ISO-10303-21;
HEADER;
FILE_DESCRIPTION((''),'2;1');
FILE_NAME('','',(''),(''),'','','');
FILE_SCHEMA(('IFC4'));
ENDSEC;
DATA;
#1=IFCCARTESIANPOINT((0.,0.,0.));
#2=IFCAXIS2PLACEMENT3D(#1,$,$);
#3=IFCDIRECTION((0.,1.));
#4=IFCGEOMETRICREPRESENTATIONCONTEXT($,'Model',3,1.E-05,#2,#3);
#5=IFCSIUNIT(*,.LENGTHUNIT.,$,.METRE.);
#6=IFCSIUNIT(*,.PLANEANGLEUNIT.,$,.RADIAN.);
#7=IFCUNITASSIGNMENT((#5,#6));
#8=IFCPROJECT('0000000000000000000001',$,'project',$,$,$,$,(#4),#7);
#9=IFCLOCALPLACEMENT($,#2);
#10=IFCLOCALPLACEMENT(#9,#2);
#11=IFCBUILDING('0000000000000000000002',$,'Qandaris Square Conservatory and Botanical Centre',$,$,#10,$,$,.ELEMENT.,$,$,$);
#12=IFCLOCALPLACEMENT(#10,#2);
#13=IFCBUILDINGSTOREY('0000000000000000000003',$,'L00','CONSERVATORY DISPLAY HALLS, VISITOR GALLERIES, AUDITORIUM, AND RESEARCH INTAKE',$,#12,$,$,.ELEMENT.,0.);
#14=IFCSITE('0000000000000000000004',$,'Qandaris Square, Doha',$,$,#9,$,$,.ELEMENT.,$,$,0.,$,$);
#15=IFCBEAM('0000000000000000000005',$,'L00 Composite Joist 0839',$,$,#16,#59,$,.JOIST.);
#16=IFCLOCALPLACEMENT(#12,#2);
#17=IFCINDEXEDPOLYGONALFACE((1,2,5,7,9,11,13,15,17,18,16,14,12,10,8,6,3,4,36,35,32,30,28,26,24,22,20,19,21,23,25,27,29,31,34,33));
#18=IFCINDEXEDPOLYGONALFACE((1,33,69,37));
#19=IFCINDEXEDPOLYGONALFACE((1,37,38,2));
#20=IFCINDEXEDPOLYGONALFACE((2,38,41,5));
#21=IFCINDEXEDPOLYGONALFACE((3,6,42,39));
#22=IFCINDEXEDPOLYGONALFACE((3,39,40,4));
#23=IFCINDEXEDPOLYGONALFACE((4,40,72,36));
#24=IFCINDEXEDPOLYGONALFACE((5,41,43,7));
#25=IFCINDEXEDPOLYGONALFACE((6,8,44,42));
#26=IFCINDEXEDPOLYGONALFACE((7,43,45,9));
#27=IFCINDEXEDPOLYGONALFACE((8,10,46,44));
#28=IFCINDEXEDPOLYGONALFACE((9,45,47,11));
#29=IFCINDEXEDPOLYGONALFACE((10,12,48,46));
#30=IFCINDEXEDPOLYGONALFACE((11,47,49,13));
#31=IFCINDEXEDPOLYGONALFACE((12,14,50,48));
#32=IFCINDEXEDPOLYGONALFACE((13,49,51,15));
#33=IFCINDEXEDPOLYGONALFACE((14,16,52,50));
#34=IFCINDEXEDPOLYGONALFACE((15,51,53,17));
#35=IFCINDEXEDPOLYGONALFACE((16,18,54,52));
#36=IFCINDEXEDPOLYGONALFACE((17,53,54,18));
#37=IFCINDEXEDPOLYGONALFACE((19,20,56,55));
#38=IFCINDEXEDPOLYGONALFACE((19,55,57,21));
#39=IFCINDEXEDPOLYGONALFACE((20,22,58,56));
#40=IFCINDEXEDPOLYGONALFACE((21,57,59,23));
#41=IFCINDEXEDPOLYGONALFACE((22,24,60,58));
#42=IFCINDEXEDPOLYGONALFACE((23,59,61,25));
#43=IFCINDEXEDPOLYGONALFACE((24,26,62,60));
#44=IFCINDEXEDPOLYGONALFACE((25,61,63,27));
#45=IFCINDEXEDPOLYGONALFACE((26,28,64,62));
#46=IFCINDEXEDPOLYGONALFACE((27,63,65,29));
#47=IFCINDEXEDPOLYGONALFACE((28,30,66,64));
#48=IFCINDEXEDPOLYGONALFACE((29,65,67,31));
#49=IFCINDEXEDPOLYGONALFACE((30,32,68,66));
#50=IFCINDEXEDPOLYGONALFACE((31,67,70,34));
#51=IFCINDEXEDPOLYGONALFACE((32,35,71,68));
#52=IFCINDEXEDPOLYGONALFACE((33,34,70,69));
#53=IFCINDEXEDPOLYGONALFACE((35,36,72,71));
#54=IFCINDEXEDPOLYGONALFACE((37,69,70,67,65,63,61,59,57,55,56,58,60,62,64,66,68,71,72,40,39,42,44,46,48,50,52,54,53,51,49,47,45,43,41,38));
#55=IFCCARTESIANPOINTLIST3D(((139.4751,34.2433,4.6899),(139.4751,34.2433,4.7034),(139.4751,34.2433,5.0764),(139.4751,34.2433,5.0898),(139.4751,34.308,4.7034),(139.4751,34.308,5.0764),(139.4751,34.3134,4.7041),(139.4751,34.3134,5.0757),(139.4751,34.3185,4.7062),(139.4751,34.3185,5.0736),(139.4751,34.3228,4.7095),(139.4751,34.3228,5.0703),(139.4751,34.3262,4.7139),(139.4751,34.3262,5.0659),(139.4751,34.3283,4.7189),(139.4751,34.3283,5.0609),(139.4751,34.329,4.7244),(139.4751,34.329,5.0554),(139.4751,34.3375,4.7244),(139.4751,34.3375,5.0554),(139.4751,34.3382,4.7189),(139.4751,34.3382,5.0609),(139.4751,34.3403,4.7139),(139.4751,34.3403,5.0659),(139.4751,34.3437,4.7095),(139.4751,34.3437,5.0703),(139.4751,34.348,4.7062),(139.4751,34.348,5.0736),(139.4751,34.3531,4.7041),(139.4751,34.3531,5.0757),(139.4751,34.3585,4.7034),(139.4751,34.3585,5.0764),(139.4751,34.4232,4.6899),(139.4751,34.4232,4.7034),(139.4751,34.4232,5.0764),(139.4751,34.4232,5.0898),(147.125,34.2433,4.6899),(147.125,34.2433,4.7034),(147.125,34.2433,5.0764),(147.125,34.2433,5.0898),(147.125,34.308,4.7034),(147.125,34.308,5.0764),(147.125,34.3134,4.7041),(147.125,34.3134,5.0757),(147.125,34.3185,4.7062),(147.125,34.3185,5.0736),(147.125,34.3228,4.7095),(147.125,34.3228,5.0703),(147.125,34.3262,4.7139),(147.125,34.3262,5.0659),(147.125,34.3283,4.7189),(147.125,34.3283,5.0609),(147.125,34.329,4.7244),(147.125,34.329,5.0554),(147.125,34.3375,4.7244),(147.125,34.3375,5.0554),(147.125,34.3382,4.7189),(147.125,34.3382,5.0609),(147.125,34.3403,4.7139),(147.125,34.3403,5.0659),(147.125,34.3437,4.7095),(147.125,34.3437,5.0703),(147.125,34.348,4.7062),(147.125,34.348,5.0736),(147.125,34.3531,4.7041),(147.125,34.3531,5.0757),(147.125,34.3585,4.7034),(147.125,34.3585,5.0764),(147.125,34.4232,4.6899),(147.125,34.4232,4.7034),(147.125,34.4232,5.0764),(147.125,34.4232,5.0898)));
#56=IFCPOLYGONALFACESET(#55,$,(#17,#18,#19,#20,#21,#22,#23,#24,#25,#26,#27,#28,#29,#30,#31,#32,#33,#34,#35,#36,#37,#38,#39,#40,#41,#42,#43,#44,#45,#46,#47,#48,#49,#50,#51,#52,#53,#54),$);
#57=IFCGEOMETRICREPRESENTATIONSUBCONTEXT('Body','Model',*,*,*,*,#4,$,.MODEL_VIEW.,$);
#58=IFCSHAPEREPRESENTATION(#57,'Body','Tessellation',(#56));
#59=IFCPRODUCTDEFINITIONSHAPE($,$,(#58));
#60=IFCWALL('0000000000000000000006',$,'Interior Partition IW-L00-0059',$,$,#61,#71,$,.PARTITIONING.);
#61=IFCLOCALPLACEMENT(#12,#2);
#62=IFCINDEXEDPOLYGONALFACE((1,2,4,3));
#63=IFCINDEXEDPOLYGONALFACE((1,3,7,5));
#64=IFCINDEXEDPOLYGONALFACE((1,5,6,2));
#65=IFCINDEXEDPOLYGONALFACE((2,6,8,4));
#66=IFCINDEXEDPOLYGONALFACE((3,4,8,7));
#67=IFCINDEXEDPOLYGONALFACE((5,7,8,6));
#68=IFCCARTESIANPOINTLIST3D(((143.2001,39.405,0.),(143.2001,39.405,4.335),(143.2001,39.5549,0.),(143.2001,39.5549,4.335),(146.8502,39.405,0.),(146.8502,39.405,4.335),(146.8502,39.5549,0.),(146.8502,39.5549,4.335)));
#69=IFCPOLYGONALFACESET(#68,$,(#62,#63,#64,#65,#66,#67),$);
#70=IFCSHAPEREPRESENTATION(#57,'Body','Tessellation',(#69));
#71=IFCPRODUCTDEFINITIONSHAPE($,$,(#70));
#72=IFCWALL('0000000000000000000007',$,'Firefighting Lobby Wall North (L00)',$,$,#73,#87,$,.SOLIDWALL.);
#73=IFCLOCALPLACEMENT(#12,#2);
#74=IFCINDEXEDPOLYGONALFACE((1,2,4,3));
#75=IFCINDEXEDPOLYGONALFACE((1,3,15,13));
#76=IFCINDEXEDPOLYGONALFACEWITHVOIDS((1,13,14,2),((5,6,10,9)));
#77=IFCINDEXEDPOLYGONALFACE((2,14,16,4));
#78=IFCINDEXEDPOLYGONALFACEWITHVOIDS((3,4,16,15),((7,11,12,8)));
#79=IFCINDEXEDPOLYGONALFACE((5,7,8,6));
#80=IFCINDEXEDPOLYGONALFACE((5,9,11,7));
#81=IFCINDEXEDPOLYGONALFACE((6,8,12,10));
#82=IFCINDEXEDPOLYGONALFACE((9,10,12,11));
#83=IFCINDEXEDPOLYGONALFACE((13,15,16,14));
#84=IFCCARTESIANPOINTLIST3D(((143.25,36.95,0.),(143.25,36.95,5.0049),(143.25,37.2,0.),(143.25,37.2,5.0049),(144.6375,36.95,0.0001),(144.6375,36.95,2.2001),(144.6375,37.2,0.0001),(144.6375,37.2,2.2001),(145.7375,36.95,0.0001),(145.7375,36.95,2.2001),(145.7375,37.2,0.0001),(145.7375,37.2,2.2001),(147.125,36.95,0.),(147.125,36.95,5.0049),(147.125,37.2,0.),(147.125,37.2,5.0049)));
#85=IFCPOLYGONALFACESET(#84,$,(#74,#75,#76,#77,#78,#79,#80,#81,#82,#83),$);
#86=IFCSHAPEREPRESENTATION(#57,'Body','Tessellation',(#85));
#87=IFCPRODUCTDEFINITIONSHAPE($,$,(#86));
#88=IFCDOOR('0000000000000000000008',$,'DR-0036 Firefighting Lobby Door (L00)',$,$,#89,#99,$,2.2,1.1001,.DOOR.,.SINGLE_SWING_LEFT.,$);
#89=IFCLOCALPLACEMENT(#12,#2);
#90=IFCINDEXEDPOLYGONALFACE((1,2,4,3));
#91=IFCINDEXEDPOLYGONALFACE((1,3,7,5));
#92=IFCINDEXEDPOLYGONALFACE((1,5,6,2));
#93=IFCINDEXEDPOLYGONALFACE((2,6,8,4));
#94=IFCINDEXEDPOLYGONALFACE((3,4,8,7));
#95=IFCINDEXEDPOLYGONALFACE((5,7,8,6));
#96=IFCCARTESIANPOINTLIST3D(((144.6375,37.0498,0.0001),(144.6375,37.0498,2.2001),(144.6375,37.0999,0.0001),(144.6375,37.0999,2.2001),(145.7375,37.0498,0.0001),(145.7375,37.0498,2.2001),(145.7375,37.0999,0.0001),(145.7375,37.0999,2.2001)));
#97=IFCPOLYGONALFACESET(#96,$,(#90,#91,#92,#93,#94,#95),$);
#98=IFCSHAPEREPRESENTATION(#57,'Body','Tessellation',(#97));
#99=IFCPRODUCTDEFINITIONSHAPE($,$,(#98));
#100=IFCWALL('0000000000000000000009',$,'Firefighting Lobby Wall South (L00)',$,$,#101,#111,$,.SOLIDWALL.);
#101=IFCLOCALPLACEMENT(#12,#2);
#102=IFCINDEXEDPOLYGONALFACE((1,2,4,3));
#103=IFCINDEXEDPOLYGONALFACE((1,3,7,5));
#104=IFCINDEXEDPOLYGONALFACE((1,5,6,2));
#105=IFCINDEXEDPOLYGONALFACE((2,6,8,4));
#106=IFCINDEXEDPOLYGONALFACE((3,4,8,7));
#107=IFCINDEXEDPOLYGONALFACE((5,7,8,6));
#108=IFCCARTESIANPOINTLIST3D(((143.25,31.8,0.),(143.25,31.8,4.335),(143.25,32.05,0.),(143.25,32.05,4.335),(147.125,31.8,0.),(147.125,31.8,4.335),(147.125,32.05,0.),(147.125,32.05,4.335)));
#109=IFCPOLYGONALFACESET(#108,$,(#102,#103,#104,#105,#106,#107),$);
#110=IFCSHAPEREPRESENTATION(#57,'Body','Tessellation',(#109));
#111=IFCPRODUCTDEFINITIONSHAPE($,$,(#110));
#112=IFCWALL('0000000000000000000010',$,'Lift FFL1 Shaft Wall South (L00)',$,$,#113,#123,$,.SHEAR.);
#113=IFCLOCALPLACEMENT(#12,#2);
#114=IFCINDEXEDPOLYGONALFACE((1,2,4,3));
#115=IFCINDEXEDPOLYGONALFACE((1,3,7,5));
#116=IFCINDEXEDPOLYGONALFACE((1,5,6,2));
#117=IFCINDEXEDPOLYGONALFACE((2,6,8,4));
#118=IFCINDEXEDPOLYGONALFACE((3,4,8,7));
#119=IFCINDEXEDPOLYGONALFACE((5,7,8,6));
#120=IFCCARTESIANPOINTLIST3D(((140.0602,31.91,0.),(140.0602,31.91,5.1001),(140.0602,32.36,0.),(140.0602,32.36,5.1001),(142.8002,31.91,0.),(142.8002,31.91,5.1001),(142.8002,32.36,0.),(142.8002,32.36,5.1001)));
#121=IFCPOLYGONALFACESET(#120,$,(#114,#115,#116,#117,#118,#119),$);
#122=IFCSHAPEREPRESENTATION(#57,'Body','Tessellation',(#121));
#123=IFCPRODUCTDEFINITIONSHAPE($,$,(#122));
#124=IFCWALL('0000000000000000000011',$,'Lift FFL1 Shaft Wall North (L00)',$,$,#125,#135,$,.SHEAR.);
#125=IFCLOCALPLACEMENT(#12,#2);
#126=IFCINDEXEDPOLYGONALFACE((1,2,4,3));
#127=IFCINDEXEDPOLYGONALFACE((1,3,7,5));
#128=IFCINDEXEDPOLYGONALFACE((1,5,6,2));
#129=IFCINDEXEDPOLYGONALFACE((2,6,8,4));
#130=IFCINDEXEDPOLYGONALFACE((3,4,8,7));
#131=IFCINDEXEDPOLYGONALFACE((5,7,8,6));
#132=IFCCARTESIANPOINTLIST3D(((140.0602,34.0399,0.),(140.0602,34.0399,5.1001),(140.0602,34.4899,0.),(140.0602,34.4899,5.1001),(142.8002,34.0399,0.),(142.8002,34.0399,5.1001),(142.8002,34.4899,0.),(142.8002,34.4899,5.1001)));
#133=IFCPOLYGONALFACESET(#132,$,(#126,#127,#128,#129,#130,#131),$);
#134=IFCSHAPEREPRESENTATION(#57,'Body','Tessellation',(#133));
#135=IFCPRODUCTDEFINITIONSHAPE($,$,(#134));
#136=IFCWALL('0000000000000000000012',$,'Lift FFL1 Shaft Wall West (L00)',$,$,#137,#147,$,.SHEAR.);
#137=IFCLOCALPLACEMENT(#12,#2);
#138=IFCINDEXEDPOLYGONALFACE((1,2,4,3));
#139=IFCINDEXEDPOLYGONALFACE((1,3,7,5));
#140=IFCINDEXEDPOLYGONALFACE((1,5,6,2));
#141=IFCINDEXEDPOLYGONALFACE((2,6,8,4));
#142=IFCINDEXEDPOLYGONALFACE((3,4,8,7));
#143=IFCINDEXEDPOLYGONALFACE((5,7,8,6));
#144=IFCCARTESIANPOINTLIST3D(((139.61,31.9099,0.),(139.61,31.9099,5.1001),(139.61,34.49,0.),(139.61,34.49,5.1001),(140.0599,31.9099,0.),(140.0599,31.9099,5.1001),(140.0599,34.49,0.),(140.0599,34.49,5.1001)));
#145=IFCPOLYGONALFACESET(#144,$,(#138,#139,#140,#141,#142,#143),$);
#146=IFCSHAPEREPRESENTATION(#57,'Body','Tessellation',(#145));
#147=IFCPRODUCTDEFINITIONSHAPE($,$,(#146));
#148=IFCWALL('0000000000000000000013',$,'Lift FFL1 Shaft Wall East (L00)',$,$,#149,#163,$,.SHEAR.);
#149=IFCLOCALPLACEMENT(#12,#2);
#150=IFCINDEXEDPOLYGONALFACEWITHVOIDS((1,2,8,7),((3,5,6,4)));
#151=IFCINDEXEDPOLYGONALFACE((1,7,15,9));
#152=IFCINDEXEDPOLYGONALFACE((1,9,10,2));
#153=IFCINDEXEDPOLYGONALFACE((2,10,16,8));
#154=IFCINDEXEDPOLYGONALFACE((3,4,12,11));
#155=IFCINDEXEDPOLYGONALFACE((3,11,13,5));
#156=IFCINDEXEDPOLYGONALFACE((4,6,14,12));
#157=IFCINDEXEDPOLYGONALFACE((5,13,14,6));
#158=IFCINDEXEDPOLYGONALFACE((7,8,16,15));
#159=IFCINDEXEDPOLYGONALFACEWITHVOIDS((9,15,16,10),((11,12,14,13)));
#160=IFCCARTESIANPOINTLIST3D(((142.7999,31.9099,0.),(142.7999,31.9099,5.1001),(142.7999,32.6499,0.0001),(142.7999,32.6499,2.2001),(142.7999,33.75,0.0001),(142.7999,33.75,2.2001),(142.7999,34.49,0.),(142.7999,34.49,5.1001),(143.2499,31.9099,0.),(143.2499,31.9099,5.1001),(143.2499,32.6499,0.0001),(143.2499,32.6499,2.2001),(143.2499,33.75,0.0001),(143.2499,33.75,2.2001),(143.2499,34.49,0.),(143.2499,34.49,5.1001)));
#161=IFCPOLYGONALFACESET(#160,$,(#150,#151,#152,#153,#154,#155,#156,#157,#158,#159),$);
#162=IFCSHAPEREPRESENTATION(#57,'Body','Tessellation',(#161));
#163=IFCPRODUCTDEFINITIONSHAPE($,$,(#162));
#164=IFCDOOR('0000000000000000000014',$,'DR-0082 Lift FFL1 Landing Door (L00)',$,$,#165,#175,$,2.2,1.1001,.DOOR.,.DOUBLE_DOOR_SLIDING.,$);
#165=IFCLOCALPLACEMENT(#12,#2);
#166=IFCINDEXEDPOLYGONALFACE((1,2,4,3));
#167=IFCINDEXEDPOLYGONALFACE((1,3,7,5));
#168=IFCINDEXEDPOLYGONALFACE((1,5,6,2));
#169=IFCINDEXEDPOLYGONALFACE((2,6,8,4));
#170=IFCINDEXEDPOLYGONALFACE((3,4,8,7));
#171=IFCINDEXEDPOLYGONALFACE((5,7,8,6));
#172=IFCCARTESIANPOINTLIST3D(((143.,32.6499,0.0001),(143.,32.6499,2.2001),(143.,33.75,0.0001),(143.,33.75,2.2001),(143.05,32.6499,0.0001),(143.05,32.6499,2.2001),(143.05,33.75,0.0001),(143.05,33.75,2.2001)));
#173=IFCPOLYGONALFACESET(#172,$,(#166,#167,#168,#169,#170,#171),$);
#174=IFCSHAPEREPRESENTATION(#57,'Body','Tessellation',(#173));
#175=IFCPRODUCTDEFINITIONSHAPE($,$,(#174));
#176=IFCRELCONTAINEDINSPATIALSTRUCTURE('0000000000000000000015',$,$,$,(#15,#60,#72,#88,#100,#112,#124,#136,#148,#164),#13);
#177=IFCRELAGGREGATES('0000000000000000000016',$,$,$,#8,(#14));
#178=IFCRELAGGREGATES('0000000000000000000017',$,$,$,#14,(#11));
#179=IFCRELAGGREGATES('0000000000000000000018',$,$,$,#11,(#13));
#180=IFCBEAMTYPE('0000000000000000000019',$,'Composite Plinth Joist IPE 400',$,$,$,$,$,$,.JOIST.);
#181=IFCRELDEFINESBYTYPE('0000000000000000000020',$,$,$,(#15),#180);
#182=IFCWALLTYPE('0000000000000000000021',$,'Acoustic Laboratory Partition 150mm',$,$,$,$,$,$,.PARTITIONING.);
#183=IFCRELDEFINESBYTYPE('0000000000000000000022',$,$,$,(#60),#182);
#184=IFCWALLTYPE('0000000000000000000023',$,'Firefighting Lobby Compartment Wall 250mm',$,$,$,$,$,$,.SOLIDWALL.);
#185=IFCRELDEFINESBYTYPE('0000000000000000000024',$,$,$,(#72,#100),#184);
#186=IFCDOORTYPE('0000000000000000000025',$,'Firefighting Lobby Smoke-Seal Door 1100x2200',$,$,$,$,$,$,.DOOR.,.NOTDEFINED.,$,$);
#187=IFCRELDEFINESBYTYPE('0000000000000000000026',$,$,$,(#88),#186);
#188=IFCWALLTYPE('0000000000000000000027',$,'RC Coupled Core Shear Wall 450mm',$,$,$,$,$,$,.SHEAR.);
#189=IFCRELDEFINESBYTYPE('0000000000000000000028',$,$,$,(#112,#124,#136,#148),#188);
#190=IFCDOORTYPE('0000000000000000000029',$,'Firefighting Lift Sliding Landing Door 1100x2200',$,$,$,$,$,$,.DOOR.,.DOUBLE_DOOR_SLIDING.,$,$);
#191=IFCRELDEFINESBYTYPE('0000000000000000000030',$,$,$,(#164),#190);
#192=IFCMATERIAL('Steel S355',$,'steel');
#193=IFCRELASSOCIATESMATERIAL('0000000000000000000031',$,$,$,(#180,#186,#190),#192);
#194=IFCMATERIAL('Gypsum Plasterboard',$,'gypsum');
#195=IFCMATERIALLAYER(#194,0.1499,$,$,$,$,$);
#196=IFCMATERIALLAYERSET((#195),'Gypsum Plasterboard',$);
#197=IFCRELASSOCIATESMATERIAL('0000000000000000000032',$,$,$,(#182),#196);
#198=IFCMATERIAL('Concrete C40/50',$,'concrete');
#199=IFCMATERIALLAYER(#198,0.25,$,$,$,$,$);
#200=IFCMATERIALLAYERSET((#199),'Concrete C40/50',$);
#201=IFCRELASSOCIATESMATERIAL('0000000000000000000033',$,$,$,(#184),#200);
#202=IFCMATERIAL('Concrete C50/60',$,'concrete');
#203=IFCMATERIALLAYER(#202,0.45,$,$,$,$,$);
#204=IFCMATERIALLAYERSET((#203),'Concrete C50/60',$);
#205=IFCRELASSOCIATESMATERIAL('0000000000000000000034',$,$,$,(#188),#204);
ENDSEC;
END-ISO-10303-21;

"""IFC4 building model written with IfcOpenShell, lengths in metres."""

from ifc_helpers import new_model, si_unit, direction, frame, frame_2d, origin, origin_2d, place, context, subcontext, project, spatial, rectangle, i_section, extrude, material, layer, layer_set, material_profile, profile_set, type_object, element, fill, save


model = new_model("IFC4")

# Units and contexts
model_context = context("Model", 3, precision=1e-05, world=origin(), true_north=direction((0.0, 1.0)))
body_context = subcontext(model_context, "Body", "Model", "MODEL_VIEW")
ifc_project = project(units=[si_unit("LENGTHUNIT", "METRE"), si_unit("PLANEANGLEUNIT", "RADIAN")], contexts=[model_context])

# Site, building, storey
site_placement = place(None, origin())
site = spatial("IfcSite", under=ifc_project, at=site_placement, Name="Qandaris Square, Doha", CompositionType="ELEMENT", RefElevation=0.0)
building_placement = place(site_placement, origin())
building = spatial("IfcBuilding", under=site, at=building_placement, Name="Qandaris Square Conservatory and Botanical Centre", CompositionType="ELEMENT")
storey_placement = place(building_placement, origin())
storey = spatial("IfcBuildingStorey", under=building, at=storey_placement, Name="L00", Description="CONSERVATORY DISPLAY HALLS, VISITOR GALLERIES, AUDITORIUM, AND RESEARCH INTAKE", CompositionType="ELEMENT", Elevation=0.0)

# Beam
ifc_material_1 = material(Name="Steel S355", Category="steel")
ifc_material_profile = material_profile(ifc_material_1, i_section(OverallWidth=0.1799, OverallDepth=0.3999, WebThickness=0.0085, FlangeThickness=0.0134, FilletRadius=0.021, at=origin_2d()), Name="IPE 400")
ifc_profile_set = profile_set([ifc_material_profile], Name="Steel S355")
beam_type = type_object("IfcBeamType", Name="Composite Plinth Joist IPE 400", PredefinedType="JOIST", material=ifc_profile_set)
beam_placement = place(storey_placement, frame((139.4751, 34.3333, 4.8899), z_axis=(1.0, 0.0, 0.0), x_axis=(0.0, 1.0, 0.0)))
element("IfcBeam", 1, at=beam_placement, inside=storey, type_object=beam_type, Name="L00 Composite Joist 0839", PredefinedType="JOIST", context=body_context, shape_type="SweptSolid", body=[
    extrude(i_section(OverallWidth=0.1799, OverallDepth=0.3999, WebThickness=0.0085, FlangeThickness=0.0134, FilletRadius=0.021, at=origin_2d()), origin(), (0.0, 0.0, 1.0), 7.6499),
])

# Wall
ifc_material_2 = material(Name="Gypsum Plasterboard", Category="gypsum")
ifc_layer_1 = layer(ifc_material_2, 0.1499)
ifc_layer_set_1 = layer_set([ifc_layer_1], Name="Gypsum Plasterboard")
wall_type_1 = type_object("IfcWallType", Name="Acoustic Laboratory Partition 150mm", PredefinedType="PARTITIONING", material=ifc_layer_set_1)
wall_1_placement = place(storey_placement, frame((143.2, 39.48, 0.0), z_axis=(0.0, 0.0, 1.0), x_axis=(1.0, 0.0, 0.0)))
element("IfcWall", 2, at=wall_1_placement, inside=storey, type_object=wall_type_1, Name="Interior Partition IW-L00-0059", PredefinedType="PARTITIONING", context=body_context, shape_type="SweptSolid", body=[
    extrude(rectangle(XDim=3.6501, YDim=0.1499, at=frame_2d((1.8252, 0.0))), origin(), (0.0, 0.0, 1.0), 4.335),
])

# Wall, opening, door
ifc_material_3 = material(Name="Concrete C40/50", Category="concrete")
ifc_layer_2 = layer(ifc_material_3, 0.25)
ifc_layer_set_2 = layer_set([ifc_layer_2], Name="Concrete C40/50")
wall_type_2 = type_object("IfcWallType", Name="Firefighting Lobby Compartment Wall 250mm", PredefinedType="SOLIDWALL", material=ifc_layer_set_2)
wall_2_placement = place(storey_placement, frame((143.25, 37.075, 0.0), z_axis=(0.0, 0.0, 1.0), x_axis=(1.0, 0.0, 0.0)))
wall_2 = element("IfcWall", 3, at=wall_2_placement, inside=storey, type_object=wall_type_2, Name="Firefighting Lobby Wall North (L00)", PredefinedType="SOLIDWALL", context=body_context, shape_type="SweptSolid", body=[
    extrude(rectangle(XDim=3.875, YDim=0.25, at=frame_2d((1.9375, 0.0))), origin(), (0.0, 0.0, 1.0), 5.0049),
])
opening_1_placement = place(wall_2_placement, frame((1.3875, 0.0, 0.0)))
opening_1 = element("IfcOpeningElement", 4, at=opening_1_placement, cuts=wall_2, PredefinedType="OPENING", context=body_context, shape_type="SweptSolid", body=[
    extrude(rectangle(XDim=1.1001, YDim=2.2, at=frame_2d((0.55, 1.1001))), frame((0.0, 0.137, 0.0), z_axis=(0.0, -1.0, 0.0), x_axis=(1.0, 0.0, 0.0)), (0.0, 0.0, 1.0), 0.2739),
])
door_type_1 = type_object("IfcDoorType", Name="Firefighting Lobby Smoke-Seal Door 1100x2200", OperationType="NOTDEFINED", PredefinedType="DOOR", material=ifc_material_1)
door_1_placement = place(opening_1_placement, origin())
door_1 = element("IfcDoor", 5, at=door_1_placement, inside=storey, type_object=door_type_1, Name="DR-0036 Firefighting Lobby Door (L00)", OperationType="SINGLE_SWING_LEFT", OverallHeight=2.2, OverallWidth=1.1001, PredefinedType="DOOR", context=body_context, shape_type="SweptSolid", body=[
    extrude(rectangle(XDim=1.1001, YDim=2.2, at=frame_2d((0.55, 1.1001))), frame((0.0, 0.0249, 0.0), z_axis=(0.0, -1.0, 0.0), x_axis=(1.0, 0.0, 0.0)), (0.0, 0.0, 1.0), 0.05),
])
fill(opening_1, door_1)

# Walls
wall_3_placement = place(storey_placement, frame((143.25, 31.925, 0.0), z_axis=(0.0, 0.0, 1.0), x_axis=(1.0, 0.0, 0.0)))
element("IfcWall", 6, at=wall_3_placement, inside=storey, type_object=wall_type_2, Name="Firefighting Lobby Wall South (L00)", PredefinedType="SOLIDWALL", context=body_context, shape_type="SweptSolid", body=[
    extrude(rectangle(XDim=3.875, YDim=0.25, at=frame_2d((1.9375, 0.0))), origin(), (0.0, 0.0, 1.0), 4.335),
])
ifc_material_4 = material(Name="Concrete C50/60", Category="concrete")
ifc_layer_3 = layer(ifc_material_4, 0.45)
ifc_layer_set_3 = layer_set([ifc_layer_3], Name="Concrete C50/60")
wall_type_3 = type_object("IfcWallType", Name="RC Coupled Core Shear Wall 450mm", PredefinedType="SHEAR", material=ifc_layer_set_3)
for number, where, z_axis, x_axis, name in (
    (7, (140.0601, 32.135, 0.0), (0.0, 0.0, 1.0), (1.0, 0.0, 0.0), "Lift FFL1 Shaft Wall South (L00)"),
    (8, (140.0601, 34.2649, 0.0), (0.0, 0.0, 1.0), (1.0, 0.0, 0.0), "Lift FFL1 Shaft Wall North (L00)"),
):
    element("IfcWall", number, at=place(storey_placement, frame(where, z_axis=z_axis, x_axis=x_axis)), inside=storey, type_object=wall_type_3, Name=name, PredefinedType="SHEAR", context=body_context, shape_type="SweptSolid", body=[
        extrude(rectangle(XDim=2.74, YDim=0.45, at=frame_2d((1.3701, 0.0))), origin(), (0.0, 0.0, 1.0), 5.1001),
    ])
wall_4_placement = place(storey_placement, frame((139.835, 31.9099, 0.0), z_axis=(0.0, 0.0, 1.0), x_axis=(0.0, 1.0, 0.0)))
element("IfcWall", 9, at=wall_4_placement, inside=storey, type_object=wall_type_3, Name="Lift FFL1 Shaft Wall West (L00)", PredefinedType="SHEAR", context=body_context, shape_type="SweptSolid", body=[
    extrude(rectangle(XDim=2.5801, YDim=0.45, at=frame_2d((1.29, 0.0))), origin(), (0.0, 0.0, 1.0), 5.1001),
])

# Wall, opening, door
wall_5_placement = place(storey_placement, frame((143.0249, 31.9099, 0.0), z_axis=(0.0, 0.0, 1.0), x_axis=(0.0, 1.0, 0.0)))
wall_5 = element("IfcWall", 10, at=wall_5_placement, inside=storey, type_object=wall_type_3, Name="Lift FFL1 Shaft Wall East (L00)", PredefinedType="SHEAR", context=body_context, shape_type="SweptSolid", body=[
    extrude(rectangle(XDim=2.5801, YDim=0.45, at=frame_2d((1.29, 0.0))), origin(), (0.0, 0.0, 1.0), 5.1001),
])
opening_2_placement = place(wall_5_placement, frame((0.74, 0.0, 0.0)))
opening_2 = element("IfcOpeningElement", 11, at=opening_2_placement, cuts=wall_5, PredefinedType="OPENING", context=body_context, shape_type="SweptSolid", body=[
    extrude(rectangle(XDim=1.1001, YDim=2.2, at=frame_2d((0.55, 1.1001))), frame((0.0, 0.2368, 0.0), z_axis=(0.0, -1.0, 0.0), x_axis=(1.0, 0.0, 0.0)), (0.0, 0.0, 1.0), 0.4739),
])
door_type_2 = type_object("IfcDoorType", Name="Firefighting Lift Sliding Landing Door 1100x2200", OperationType="DOUBLE_DOOR_SLIDING", PredefinedType="DOOR", material=ifc_material_1)
door_2_placement = place(opening_2_placement, origin())
door_2 = element("IfcDoor", 12, at=door_2_placement, inside=storey, type_object=door_type_2, Name="DR-0082 Lift FFL1 Landing Door (L00)", OperationType="DOUBLE_DOOR_SLIDING", OverallHeight=2.2, OverallWidth=1.1001, PredefinedType="DOOR", context=body_context, shape_type="SweptSolid", body=[
    extrude(rectangle(XDim=1.1001, YDim=2.2, at=frame_2d((0.55, 1.1001))), frame((0.0, 0.0249, 0.0), z_axis=(0.0, -1.0, 0.0), x_axis=(1.0, 0.0, 0.0)), (0.0, 0.0, 1.0), 0.05),
])
fill(opening_2, door_2)

save(model, "model.ifc")
